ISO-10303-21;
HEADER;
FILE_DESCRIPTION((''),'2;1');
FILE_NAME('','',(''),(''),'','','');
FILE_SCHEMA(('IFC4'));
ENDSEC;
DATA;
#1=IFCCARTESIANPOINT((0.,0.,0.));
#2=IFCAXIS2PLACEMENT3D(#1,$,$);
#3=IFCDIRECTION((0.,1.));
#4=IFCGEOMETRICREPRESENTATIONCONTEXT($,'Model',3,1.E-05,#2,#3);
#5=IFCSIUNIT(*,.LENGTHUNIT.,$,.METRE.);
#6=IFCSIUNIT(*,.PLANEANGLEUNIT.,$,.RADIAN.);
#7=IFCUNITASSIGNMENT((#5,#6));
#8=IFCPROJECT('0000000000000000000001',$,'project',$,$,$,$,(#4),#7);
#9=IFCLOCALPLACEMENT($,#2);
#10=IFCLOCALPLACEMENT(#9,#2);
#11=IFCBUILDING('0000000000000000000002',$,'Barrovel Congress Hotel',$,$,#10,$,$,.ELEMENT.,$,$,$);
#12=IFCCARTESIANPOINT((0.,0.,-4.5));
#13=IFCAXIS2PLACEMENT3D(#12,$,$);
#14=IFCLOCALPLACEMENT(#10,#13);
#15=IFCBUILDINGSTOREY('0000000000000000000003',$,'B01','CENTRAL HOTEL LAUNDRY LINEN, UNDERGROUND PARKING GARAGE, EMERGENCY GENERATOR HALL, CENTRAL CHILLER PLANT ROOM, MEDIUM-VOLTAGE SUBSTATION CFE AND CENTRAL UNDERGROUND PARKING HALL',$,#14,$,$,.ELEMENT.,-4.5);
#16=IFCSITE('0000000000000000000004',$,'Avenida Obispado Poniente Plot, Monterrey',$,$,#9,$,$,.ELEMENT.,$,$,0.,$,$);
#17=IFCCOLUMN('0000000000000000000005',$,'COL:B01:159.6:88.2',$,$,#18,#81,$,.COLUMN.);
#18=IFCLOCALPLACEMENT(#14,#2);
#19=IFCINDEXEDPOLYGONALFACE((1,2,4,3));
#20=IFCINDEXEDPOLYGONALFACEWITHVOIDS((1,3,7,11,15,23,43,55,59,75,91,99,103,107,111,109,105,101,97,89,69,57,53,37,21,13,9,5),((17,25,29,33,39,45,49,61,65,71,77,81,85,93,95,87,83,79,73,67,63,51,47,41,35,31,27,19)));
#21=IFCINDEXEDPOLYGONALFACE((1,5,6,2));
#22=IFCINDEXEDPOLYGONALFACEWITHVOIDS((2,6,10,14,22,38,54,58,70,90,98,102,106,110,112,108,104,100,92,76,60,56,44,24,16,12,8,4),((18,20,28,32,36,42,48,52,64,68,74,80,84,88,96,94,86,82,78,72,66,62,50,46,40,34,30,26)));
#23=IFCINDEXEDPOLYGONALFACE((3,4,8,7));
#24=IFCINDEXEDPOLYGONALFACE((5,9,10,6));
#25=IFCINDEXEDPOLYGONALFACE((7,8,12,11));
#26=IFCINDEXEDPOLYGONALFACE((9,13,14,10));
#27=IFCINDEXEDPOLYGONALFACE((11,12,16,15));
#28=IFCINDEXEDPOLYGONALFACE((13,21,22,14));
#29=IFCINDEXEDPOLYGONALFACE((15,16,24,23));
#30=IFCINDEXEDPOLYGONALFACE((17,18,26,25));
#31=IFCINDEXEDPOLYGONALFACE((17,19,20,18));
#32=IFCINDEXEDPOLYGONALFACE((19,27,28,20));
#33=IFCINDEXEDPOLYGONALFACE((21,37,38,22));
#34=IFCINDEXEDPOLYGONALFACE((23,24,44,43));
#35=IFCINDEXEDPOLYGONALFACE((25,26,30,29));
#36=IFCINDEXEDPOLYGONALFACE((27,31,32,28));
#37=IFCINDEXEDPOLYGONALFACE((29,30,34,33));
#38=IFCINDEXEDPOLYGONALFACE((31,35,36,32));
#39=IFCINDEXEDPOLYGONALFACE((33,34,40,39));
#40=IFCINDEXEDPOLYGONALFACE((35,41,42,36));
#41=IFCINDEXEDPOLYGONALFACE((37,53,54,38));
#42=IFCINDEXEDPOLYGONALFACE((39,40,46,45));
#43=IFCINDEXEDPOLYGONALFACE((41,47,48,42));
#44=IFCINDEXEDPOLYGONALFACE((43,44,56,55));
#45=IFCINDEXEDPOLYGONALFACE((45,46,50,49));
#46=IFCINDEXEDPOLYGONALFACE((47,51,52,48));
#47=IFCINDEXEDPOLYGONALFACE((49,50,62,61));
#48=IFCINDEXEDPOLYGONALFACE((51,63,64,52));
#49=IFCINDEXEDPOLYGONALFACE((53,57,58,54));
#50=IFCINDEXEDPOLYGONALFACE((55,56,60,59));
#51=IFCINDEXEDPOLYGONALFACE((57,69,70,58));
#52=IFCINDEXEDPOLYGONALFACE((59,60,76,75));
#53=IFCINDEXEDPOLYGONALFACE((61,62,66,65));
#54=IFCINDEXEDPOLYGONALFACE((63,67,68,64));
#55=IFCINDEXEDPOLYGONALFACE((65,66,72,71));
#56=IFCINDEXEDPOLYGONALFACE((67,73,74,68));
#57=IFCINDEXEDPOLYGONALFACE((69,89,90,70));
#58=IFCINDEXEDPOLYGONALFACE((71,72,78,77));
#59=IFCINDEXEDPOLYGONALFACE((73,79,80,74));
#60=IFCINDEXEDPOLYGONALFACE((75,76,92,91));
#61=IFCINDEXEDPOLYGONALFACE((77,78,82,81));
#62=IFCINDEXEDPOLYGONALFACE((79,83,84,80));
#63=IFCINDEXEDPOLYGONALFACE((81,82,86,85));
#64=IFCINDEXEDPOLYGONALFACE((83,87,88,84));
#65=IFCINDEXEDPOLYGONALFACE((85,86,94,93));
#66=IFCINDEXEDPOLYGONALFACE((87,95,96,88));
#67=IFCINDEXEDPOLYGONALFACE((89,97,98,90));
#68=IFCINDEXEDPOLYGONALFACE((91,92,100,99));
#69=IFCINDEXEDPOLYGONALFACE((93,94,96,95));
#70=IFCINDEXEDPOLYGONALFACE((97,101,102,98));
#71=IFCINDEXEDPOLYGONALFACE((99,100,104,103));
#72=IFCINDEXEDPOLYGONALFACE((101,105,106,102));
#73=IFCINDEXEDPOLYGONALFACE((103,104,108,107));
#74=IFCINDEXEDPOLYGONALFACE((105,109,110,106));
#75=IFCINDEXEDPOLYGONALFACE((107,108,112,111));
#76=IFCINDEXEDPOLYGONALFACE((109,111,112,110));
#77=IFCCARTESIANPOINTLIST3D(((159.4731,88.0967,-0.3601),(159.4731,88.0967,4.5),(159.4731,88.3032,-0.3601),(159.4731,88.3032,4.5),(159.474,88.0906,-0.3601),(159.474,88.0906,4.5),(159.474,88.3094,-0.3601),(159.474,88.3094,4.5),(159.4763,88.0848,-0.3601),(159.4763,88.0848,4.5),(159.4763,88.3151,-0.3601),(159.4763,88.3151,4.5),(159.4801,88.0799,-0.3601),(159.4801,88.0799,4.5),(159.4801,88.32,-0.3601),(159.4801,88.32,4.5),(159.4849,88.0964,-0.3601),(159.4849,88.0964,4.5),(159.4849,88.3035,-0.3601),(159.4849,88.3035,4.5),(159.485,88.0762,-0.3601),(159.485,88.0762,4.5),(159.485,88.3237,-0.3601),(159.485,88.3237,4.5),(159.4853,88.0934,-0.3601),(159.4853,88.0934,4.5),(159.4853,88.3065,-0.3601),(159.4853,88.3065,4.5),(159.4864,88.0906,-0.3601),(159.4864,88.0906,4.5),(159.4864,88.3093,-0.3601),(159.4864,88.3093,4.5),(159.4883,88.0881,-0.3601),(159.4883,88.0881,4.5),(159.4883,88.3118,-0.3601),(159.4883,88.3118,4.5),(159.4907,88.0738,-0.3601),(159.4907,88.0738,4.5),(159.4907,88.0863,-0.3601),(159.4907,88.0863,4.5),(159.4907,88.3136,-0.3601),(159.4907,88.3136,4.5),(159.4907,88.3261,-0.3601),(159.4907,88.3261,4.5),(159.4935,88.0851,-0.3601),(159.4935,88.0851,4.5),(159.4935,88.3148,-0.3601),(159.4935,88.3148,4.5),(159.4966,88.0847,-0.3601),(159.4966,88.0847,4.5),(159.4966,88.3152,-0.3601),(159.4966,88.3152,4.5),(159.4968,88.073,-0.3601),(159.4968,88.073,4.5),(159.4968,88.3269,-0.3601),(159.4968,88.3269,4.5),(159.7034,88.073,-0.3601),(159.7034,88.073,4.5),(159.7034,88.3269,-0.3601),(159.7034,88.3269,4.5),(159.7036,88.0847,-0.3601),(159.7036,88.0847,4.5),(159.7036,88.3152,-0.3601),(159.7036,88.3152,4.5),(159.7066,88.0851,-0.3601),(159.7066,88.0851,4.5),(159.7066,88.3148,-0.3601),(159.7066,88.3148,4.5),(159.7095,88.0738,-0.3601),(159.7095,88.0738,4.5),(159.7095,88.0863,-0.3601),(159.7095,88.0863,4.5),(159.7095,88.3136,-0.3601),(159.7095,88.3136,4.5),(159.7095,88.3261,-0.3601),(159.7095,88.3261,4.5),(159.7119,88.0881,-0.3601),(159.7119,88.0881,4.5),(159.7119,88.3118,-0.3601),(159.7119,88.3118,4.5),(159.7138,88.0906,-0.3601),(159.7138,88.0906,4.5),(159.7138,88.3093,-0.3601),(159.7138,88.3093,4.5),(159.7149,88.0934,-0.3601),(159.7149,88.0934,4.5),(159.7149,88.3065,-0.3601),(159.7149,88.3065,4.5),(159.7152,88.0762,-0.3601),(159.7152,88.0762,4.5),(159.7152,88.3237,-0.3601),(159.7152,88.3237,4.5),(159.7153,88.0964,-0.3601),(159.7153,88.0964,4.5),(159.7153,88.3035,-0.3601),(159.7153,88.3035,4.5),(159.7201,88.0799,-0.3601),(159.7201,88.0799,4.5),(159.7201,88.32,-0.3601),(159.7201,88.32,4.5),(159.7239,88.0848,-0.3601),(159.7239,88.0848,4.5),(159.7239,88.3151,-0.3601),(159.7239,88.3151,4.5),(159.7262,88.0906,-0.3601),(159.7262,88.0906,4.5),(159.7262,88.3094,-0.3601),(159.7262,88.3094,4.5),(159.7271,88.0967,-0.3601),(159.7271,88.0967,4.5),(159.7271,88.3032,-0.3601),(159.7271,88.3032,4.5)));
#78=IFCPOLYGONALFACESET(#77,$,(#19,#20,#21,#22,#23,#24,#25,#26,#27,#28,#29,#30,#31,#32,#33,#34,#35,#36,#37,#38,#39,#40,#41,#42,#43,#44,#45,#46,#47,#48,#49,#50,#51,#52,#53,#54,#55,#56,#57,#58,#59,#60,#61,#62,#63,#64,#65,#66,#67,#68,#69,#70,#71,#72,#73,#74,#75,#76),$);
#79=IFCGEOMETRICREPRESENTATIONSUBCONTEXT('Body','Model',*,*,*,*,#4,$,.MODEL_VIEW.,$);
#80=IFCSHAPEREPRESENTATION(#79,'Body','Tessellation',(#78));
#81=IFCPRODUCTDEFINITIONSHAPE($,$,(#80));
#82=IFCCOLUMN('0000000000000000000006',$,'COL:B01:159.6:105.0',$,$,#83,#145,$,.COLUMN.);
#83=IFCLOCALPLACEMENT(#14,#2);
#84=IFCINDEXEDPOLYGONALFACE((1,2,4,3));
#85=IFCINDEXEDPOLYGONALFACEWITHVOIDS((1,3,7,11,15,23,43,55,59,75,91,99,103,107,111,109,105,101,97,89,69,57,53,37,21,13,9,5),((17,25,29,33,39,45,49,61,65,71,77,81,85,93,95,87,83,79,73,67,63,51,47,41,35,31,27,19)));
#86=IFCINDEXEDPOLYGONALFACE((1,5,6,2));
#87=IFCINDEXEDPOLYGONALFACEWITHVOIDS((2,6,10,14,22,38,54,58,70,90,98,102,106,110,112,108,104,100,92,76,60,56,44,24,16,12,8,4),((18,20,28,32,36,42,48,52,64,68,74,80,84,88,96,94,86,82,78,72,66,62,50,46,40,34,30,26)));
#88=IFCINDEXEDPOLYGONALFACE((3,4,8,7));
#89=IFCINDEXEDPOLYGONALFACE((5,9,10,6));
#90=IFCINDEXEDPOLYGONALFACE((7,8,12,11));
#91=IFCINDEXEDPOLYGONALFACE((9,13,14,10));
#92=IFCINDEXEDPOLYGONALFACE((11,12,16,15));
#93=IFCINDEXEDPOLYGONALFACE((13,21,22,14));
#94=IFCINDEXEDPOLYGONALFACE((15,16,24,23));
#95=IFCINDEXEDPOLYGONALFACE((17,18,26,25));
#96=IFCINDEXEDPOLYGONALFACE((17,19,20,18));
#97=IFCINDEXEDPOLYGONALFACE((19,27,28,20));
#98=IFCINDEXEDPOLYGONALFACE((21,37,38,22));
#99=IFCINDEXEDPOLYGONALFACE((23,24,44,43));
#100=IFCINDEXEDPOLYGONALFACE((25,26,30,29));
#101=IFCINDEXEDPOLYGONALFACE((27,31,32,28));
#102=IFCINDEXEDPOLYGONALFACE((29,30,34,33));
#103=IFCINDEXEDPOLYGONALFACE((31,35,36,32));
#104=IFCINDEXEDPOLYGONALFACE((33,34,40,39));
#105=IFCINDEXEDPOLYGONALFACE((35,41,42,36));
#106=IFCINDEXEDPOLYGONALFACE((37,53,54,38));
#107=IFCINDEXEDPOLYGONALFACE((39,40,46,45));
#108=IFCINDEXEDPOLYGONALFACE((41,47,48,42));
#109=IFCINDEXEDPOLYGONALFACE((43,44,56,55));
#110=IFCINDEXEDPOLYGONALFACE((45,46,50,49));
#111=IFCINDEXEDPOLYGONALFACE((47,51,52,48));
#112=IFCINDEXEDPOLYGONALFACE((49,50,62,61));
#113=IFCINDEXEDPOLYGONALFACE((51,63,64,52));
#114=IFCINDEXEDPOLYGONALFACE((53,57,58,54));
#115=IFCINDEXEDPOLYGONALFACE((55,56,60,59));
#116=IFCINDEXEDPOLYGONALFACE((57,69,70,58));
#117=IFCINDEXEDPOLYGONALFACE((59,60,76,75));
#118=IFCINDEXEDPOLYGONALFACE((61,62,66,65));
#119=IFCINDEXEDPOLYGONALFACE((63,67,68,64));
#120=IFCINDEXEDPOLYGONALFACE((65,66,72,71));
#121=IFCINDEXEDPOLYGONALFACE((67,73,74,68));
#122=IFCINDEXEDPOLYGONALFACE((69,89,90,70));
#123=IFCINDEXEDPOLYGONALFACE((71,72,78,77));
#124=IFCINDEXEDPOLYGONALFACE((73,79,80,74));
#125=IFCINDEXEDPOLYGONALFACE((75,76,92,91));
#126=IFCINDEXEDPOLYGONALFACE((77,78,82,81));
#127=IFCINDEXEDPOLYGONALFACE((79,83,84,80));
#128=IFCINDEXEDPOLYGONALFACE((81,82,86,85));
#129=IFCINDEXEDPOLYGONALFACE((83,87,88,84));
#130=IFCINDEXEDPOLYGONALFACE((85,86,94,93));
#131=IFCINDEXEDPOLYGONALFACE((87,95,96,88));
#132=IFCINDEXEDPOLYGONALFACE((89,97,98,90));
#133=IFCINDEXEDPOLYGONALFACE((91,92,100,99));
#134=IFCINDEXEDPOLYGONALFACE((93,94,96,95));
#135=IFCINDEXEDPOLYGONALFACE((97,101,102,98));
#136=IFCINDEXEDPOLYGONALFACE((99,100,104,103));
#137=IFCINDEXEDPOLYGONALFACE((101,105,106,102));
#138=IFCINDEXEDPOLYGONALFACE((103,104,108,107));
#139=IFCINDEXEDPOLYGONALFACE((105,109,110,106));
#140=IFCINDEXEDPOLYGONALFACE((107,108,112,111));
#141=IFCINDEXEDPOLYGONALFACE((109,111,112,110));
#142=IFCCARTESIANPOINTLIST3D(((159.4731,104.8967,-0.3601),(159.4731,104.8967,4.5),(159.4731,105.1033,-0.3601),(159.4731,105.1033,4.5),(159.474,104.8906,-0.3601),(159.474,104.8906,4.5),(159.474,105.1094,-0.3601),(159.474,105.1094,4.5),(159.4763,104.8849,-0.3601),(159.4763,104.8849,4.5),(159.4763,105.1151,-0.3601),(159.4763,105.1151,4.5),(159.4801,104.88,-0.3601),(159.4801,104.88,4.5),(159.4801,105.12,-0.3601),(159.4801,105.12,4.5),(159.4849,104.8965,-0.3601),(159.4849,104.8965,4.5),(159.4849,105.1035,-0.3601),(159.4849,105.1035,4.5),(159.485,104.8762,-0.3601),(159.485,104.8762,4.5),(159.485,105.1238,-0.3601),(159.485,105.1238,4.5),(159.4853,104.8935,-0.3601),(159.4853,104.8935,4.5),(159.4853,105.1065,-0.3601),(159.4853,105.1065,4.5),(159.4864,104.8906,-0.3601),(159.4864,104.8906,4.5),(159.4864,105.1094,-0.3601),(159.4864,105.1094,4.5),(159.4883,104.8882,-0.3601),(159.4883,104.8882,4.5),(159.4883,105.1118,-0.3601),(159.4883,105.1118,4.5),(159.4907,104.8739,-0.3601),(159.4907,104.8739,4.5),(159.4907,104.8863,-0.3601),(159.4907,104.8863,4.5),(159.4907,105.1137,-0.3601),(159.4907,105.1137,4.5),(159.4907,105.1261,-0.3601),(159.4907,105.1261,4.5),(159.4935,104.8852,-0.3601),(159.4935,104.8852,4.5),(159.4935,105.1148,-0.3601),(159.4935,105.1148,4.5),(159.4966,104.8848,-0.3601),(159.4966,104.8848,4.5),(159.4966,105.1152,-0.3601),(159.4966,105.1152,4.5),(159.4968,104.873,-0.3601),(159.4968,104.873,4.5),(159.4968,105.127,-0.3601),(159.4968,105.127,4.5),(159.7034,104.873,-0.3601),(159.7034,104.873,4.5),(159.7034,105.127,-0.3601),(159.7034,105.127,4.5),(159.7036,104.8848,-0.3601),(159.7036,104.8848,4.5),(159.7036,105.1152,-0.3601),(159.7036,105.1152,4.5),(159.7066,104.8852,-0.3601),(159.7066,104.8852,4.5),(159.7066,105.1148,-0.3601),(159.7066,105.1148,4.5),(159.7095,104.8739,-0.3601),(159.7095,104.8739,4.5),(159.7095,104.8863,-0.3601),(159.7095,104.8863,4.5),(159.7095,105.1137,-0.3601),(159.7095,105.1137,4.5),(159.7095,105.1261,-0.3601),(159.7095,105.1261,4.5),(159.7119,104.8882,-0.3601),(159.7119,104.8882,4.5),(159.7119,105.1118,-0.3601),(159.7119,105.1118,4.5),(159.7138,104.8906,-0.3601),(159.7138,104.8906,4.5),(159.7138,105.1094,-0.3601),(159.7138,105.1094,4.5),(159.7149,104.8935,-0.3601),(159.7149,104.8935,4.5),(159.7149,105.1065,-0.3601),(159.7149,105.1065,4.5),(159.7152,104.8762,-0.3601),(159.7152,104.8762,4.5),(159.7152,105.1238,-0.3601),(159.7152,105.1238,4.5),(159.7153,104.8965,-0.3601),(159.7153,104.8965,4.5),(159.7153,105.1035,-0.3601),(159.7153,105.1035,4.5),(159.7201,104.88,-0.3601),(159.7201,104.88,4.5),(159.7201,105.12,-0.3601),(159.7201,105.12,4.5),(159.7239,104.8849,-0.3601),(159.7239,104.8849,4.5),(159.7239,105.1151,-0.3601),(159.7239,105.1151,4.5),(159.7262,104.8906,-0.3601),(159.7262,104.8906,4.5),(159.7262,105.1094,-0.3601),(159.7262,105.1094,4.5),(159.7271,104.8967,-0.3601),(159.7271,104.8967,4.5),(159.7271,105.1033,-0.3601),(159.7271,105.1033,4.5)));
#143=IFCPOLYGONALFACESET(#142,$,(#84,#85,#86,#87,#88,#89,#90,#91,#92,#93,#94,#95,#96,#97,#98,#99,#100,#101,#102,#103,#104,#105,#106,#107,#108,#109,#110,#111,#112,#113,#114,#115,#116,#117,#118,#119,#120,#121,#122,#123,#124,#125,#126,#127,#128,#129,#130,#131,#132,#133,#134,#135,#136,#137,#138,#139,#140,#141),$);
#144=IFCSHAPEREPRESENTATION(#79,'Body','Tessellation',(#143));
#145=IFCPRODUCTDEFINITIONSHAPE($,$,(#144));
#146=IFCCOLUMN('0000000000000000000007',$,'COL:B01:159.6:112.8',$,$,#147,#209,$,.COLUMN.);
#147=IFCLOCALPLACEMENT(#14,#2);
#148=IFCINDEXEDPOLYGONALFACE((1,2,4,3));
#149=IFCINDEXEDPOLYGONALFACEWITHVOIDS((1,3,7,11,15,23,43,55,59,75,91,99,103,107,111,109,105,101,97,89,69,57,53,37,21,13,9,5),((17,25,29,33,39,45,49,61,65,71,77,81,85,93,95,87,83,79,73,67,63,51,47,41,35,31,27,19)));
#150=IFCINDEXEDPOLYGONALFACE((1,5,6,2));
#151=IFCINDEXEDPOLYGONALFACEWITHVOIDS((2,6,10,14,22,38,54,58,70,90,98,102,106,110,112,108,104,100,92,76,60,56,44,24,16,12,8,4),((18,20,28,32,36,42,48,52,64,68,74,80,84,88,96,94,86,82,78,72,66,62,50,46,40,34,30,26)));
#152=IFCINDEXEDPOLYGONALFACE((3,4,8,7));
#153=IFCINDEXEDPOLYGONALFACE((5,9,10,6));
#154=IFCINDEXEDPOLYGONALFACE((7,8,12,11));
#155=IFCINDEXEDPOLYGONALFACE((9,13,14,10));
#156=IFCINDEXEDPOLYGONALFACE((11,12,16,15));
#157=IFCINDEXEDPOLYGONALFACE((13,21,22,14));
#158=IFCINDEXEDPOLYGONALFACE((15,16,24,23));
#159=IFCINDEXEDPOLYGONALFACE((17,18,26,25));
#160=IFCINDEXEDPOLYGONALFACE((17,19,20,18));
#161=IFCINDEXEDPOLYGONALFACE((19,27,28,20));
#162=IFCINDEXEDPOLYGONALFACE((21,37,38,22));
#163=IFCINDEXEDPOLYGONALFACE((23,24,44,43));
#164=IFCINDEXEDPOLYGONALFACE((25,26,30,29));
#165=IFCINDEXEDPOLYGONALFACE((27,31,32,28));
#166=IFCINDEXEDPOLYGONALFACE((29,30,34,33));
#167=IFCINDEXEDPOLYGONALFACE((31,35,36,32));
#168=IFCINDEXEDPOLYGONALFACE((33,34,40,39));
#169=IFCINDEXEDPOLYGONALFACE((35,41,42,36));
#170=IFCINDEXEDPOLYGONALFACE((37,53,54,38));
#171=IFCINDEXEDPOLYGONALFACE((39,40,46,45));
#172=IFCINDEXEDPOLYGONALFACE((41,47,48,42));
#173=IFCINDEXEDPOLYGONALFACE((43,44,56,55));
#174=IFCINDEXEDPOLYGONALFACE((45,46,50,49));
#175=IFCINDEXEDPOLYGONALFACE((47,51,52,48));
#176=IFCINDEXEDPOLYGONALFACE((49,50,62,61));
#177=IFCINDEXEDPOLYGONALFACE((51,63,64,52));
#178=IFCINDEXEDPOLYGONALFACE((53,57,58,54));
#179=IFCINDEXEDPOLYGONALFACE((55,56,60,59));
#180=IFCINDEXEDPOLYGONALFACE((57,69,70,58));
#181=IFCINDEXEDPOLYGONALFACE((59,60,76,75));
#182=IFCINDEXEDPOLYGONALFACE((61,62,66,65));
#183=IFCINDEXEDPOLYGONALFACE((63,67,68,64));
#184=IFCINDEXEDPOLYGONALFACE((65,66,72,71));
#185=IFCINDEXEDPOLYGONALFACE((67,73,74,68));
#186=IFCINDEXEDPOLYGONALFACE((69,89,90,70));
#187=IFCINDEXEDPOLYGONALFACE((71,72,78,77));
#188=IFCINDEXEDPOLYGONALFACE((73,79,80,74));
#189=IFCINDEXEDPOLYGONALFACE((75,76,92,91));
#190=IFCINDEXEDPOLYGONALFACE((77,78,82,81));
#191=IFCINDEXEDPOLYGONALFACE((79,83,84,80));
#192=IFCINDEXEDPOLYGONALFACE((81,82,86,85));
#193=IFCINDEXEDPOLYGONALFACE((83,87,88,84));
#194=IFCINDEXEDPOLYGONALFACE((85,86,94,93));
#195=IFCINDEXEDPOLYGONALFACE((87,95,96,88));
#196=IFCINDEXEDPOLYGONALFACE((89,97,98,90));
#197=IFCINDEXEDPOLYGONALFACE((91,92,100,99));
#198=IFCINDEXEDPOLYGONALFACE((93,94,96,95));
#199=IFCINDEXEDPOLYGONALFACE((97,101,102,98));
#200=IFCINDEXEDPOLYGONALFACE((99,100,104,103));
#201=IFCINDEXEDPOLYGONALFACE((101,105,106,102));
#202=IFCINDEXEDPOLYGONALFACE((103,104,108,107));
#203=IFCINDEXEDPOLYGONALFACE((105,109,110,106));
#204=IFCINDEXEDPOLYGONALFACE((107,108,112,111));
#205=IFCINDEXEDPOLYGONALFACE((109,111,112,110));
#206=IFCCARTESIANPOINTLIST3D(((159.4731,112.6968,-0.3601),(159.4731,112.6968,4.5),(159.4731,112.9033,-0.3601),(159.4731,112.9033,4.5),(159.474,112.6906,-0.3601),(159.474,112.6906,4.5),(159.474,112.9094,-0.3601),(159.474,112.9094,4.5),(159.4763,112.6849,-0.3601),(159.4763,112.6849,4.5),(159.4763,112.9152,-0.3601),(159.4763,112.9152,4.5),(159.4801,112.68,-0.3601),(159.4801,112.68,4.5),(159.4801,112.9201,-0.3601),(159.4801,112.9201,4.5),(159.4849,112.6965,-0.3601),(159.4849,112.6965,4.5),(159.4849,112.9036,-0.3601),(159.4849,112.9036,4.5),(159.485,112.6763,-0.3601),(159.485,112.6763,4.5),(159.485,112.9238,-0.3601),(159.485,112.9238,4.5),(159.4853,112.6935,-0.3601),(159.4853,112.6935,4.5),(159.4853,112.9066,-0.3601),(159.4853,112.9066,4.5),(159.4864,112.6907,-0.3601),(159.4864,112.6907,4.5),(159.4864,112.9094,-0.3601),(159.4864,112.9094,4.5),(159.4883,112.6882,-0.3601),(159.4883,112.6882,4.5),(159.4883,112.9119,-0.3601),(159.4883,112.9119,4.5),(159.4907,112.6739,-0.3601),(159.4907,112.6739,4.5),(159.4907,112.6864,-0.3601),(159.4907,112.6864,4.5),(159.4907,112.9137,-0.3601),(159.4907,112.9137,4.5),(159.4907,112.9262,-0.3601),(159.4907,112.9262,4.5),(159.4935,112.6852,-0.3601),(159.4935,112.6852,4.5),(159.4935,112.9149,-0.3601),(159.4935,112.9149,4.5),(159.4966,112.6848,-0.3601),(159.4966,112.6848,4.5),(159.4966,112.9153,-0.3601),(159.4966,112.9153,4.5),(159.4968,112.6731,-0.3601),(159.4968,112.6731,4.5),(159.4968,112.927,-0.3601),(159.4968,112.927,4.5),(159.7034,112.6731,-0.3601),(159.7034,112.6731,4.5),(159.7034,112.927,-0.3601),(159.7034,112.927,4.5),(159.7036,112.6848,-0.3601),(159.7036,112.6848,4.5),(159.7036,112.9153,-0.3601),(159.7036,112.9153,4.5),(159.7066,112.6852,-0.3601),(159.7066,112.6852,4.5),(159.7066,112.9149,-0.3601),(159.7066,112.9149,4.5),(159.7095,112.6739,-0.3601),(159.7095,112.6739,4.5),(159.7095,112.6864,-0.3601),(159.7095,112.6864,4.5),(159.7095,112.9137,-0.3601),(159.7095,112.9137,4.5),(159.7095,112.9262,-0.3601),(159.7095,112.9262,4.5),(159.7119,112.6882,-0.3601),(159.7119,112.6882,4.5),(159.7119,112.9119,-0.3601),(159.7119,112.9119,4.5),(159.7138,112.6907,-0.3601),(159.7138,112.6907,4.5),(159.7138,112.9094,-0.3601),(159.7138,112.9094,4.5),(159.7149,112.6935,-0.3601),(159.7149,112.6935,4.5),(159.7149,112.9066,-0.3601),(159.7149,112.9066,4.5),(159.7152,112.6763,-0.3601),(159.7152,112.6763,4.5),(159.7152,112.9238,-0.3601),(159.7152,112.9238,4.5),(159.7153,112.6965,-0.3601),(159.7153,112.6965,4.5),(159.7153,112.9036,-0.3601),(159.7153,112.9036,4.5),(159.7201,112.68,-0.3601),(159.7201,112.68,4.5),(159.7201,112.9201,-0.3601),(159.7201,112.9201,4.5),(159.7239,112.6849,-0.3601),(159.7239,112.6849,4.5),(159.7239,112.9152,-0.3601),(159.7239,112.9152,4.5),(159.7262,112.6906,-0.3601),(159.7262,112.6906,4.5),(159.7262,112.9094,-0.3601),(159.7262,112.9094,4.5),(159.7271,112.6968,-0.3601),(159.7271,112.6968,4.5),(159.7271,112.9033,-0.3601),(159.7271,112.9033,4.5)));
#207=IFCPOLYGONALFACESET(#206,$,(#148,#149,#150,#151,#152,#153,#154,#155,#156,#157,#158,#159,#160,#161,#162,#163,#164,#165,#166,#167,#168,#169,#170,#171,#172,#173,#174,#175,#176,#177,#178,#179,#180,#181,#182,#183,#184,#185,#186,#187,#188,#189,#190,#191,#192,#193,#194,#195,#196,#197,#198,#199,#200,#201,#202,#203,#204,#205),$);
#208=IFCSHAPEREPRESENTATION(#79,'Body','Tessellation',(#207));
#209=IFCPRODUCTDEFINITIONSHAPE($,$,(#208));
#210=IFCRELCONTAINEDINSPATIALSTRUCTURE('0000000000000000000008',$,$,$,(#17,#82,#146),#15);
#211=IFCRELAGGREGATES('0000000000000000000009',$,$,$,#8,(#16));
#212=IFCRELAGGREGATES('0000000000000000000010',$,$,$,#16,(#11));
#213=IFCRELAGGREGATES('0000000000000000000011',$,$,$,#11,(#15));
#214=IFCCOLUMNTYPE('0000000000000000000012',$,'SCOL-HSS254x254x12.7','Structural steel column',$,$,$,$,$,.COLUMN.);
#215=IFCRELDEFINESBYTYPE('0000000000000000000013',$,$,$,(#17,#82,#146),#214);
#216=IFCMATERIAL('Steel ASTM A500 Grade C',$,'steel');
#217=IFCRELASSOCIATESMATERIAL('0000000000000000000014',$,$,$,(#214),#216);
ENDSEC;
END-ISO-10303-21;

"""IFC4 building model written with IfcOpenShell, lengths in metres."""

from ifc_helpers import new_model, si_unit, direction, frame, origin, origin_2d, place, context, subcontext, project, spatial, hollow_rectangle, extrude, material, material_profile, profile_set, type_object, element, save


model = new_model("IFC4")

# Units and contexts
model_context = context("Model", 3, precision=1e-05, world=origin(), true_north=direction((0.0, 1.0)))
body_context = subcontext(model_context, "Body", "Model", "MODEL_VIEW")
ifc_project = project(units=[si_unit("LENGTHUNIT", "METRE"), si_unit("PLANEANGLEUNIT", "RADIAN")], contexts=[model_context])

# Site, building, storey
site_placement = place(None, origin())
site = spatial("IfcSite", under=ifc_project, at=site_placement, Name="Avenida Obispado Poniente Plot, Monterrey", CompositionType="ELEMENT", RefElevation=0.0)
building_placement = place(site_placement, origin())
building = spatial("IfcBuilding", under=site, at=building_placement, Name="Barrovel Congress Hotel", CompositionType="ELEMENT")
storey_placement = place(building_placement, frame((0.0, 0.0, -4.5)))
storey = spatial("IfcBuildingStorey", under=building, at=storey_placement, Name="B01", Description="CENTRAL HOTEL LAUNDRY LINEN, UNDERGROUND PARKING GARAGE, EMERGENCY GENERATOR HALL, CENTRAL CHILLER PLANT ROOM, MEDIUM-VOLTAGE SUBSTATION CFE AND CENTRAL UNDERGROUND PARKING HALL", CompositionType="ELEMENT", Elevation=-4.5)

# Columns
ifc_material_1 = material(Name="Steel ASTM A500 Grade C", Category="steel")
ifc_material_profile_1 = material_profile(ifc_material_1, hollow_rectangle(XDim=0.2539, YDim=0.2539, WallThickness=0.0117, InnerFilletRadius=0.0117, OuterFilletRadius=0.0237, at=origin_2d()), Name="HSS254x254x12.7")
ifc_profile_set_1 = profile_set([ifc_material_profile_1], Name="Steel ASTM A500 Grade C")
column_type_1 = type_object("IfcColumnType", Name="SCOL-HSS254x254x12.7", Description="Structural steel column", PredefinedType="COLUMN", material=ifc_profile_set_1)
for number, where, z_axis, x_axis, name in (
    (1, (159.6001, 88.2, -0.3601), (0.0, 0.0, 1.0), (1.0, 0.0, 0.0), "COL:B01:159.6:88.2"),
    (2, (159.6001, 105.0, -0.3601), (0.0, 0.0, 1.0), (1.0, 0.0, 0.0), "COL:B01:159.6:105.0"),
    (3, (159.6001, 112.8, -0.3601), (0.0, 0.0, 1.0), (1.0, 0.0, 0.0), "COL:B01:159.6:112.8"),
):
    element("IfcColumn", number, at=place(storey_placement, frame(where, z_axis=z_axis, x_axis=x_axis)), inside=storey, type_object=column_type_1, Name=name, PredefinedType="COLUMN", context=body_context, shape_type="SweptSolid", body=[
        extrude(hollow_rectangle(XDim=0.2539, YDim=0.2539, WallThickness=0.0117, InnerFilletRadius=0.0117, OuterFilletRadius=0.0237, at=origin_2d()), origin(), (0.0, 0.0, 1.0), 4.8601),
    ])

save(model, "model.ifc")
